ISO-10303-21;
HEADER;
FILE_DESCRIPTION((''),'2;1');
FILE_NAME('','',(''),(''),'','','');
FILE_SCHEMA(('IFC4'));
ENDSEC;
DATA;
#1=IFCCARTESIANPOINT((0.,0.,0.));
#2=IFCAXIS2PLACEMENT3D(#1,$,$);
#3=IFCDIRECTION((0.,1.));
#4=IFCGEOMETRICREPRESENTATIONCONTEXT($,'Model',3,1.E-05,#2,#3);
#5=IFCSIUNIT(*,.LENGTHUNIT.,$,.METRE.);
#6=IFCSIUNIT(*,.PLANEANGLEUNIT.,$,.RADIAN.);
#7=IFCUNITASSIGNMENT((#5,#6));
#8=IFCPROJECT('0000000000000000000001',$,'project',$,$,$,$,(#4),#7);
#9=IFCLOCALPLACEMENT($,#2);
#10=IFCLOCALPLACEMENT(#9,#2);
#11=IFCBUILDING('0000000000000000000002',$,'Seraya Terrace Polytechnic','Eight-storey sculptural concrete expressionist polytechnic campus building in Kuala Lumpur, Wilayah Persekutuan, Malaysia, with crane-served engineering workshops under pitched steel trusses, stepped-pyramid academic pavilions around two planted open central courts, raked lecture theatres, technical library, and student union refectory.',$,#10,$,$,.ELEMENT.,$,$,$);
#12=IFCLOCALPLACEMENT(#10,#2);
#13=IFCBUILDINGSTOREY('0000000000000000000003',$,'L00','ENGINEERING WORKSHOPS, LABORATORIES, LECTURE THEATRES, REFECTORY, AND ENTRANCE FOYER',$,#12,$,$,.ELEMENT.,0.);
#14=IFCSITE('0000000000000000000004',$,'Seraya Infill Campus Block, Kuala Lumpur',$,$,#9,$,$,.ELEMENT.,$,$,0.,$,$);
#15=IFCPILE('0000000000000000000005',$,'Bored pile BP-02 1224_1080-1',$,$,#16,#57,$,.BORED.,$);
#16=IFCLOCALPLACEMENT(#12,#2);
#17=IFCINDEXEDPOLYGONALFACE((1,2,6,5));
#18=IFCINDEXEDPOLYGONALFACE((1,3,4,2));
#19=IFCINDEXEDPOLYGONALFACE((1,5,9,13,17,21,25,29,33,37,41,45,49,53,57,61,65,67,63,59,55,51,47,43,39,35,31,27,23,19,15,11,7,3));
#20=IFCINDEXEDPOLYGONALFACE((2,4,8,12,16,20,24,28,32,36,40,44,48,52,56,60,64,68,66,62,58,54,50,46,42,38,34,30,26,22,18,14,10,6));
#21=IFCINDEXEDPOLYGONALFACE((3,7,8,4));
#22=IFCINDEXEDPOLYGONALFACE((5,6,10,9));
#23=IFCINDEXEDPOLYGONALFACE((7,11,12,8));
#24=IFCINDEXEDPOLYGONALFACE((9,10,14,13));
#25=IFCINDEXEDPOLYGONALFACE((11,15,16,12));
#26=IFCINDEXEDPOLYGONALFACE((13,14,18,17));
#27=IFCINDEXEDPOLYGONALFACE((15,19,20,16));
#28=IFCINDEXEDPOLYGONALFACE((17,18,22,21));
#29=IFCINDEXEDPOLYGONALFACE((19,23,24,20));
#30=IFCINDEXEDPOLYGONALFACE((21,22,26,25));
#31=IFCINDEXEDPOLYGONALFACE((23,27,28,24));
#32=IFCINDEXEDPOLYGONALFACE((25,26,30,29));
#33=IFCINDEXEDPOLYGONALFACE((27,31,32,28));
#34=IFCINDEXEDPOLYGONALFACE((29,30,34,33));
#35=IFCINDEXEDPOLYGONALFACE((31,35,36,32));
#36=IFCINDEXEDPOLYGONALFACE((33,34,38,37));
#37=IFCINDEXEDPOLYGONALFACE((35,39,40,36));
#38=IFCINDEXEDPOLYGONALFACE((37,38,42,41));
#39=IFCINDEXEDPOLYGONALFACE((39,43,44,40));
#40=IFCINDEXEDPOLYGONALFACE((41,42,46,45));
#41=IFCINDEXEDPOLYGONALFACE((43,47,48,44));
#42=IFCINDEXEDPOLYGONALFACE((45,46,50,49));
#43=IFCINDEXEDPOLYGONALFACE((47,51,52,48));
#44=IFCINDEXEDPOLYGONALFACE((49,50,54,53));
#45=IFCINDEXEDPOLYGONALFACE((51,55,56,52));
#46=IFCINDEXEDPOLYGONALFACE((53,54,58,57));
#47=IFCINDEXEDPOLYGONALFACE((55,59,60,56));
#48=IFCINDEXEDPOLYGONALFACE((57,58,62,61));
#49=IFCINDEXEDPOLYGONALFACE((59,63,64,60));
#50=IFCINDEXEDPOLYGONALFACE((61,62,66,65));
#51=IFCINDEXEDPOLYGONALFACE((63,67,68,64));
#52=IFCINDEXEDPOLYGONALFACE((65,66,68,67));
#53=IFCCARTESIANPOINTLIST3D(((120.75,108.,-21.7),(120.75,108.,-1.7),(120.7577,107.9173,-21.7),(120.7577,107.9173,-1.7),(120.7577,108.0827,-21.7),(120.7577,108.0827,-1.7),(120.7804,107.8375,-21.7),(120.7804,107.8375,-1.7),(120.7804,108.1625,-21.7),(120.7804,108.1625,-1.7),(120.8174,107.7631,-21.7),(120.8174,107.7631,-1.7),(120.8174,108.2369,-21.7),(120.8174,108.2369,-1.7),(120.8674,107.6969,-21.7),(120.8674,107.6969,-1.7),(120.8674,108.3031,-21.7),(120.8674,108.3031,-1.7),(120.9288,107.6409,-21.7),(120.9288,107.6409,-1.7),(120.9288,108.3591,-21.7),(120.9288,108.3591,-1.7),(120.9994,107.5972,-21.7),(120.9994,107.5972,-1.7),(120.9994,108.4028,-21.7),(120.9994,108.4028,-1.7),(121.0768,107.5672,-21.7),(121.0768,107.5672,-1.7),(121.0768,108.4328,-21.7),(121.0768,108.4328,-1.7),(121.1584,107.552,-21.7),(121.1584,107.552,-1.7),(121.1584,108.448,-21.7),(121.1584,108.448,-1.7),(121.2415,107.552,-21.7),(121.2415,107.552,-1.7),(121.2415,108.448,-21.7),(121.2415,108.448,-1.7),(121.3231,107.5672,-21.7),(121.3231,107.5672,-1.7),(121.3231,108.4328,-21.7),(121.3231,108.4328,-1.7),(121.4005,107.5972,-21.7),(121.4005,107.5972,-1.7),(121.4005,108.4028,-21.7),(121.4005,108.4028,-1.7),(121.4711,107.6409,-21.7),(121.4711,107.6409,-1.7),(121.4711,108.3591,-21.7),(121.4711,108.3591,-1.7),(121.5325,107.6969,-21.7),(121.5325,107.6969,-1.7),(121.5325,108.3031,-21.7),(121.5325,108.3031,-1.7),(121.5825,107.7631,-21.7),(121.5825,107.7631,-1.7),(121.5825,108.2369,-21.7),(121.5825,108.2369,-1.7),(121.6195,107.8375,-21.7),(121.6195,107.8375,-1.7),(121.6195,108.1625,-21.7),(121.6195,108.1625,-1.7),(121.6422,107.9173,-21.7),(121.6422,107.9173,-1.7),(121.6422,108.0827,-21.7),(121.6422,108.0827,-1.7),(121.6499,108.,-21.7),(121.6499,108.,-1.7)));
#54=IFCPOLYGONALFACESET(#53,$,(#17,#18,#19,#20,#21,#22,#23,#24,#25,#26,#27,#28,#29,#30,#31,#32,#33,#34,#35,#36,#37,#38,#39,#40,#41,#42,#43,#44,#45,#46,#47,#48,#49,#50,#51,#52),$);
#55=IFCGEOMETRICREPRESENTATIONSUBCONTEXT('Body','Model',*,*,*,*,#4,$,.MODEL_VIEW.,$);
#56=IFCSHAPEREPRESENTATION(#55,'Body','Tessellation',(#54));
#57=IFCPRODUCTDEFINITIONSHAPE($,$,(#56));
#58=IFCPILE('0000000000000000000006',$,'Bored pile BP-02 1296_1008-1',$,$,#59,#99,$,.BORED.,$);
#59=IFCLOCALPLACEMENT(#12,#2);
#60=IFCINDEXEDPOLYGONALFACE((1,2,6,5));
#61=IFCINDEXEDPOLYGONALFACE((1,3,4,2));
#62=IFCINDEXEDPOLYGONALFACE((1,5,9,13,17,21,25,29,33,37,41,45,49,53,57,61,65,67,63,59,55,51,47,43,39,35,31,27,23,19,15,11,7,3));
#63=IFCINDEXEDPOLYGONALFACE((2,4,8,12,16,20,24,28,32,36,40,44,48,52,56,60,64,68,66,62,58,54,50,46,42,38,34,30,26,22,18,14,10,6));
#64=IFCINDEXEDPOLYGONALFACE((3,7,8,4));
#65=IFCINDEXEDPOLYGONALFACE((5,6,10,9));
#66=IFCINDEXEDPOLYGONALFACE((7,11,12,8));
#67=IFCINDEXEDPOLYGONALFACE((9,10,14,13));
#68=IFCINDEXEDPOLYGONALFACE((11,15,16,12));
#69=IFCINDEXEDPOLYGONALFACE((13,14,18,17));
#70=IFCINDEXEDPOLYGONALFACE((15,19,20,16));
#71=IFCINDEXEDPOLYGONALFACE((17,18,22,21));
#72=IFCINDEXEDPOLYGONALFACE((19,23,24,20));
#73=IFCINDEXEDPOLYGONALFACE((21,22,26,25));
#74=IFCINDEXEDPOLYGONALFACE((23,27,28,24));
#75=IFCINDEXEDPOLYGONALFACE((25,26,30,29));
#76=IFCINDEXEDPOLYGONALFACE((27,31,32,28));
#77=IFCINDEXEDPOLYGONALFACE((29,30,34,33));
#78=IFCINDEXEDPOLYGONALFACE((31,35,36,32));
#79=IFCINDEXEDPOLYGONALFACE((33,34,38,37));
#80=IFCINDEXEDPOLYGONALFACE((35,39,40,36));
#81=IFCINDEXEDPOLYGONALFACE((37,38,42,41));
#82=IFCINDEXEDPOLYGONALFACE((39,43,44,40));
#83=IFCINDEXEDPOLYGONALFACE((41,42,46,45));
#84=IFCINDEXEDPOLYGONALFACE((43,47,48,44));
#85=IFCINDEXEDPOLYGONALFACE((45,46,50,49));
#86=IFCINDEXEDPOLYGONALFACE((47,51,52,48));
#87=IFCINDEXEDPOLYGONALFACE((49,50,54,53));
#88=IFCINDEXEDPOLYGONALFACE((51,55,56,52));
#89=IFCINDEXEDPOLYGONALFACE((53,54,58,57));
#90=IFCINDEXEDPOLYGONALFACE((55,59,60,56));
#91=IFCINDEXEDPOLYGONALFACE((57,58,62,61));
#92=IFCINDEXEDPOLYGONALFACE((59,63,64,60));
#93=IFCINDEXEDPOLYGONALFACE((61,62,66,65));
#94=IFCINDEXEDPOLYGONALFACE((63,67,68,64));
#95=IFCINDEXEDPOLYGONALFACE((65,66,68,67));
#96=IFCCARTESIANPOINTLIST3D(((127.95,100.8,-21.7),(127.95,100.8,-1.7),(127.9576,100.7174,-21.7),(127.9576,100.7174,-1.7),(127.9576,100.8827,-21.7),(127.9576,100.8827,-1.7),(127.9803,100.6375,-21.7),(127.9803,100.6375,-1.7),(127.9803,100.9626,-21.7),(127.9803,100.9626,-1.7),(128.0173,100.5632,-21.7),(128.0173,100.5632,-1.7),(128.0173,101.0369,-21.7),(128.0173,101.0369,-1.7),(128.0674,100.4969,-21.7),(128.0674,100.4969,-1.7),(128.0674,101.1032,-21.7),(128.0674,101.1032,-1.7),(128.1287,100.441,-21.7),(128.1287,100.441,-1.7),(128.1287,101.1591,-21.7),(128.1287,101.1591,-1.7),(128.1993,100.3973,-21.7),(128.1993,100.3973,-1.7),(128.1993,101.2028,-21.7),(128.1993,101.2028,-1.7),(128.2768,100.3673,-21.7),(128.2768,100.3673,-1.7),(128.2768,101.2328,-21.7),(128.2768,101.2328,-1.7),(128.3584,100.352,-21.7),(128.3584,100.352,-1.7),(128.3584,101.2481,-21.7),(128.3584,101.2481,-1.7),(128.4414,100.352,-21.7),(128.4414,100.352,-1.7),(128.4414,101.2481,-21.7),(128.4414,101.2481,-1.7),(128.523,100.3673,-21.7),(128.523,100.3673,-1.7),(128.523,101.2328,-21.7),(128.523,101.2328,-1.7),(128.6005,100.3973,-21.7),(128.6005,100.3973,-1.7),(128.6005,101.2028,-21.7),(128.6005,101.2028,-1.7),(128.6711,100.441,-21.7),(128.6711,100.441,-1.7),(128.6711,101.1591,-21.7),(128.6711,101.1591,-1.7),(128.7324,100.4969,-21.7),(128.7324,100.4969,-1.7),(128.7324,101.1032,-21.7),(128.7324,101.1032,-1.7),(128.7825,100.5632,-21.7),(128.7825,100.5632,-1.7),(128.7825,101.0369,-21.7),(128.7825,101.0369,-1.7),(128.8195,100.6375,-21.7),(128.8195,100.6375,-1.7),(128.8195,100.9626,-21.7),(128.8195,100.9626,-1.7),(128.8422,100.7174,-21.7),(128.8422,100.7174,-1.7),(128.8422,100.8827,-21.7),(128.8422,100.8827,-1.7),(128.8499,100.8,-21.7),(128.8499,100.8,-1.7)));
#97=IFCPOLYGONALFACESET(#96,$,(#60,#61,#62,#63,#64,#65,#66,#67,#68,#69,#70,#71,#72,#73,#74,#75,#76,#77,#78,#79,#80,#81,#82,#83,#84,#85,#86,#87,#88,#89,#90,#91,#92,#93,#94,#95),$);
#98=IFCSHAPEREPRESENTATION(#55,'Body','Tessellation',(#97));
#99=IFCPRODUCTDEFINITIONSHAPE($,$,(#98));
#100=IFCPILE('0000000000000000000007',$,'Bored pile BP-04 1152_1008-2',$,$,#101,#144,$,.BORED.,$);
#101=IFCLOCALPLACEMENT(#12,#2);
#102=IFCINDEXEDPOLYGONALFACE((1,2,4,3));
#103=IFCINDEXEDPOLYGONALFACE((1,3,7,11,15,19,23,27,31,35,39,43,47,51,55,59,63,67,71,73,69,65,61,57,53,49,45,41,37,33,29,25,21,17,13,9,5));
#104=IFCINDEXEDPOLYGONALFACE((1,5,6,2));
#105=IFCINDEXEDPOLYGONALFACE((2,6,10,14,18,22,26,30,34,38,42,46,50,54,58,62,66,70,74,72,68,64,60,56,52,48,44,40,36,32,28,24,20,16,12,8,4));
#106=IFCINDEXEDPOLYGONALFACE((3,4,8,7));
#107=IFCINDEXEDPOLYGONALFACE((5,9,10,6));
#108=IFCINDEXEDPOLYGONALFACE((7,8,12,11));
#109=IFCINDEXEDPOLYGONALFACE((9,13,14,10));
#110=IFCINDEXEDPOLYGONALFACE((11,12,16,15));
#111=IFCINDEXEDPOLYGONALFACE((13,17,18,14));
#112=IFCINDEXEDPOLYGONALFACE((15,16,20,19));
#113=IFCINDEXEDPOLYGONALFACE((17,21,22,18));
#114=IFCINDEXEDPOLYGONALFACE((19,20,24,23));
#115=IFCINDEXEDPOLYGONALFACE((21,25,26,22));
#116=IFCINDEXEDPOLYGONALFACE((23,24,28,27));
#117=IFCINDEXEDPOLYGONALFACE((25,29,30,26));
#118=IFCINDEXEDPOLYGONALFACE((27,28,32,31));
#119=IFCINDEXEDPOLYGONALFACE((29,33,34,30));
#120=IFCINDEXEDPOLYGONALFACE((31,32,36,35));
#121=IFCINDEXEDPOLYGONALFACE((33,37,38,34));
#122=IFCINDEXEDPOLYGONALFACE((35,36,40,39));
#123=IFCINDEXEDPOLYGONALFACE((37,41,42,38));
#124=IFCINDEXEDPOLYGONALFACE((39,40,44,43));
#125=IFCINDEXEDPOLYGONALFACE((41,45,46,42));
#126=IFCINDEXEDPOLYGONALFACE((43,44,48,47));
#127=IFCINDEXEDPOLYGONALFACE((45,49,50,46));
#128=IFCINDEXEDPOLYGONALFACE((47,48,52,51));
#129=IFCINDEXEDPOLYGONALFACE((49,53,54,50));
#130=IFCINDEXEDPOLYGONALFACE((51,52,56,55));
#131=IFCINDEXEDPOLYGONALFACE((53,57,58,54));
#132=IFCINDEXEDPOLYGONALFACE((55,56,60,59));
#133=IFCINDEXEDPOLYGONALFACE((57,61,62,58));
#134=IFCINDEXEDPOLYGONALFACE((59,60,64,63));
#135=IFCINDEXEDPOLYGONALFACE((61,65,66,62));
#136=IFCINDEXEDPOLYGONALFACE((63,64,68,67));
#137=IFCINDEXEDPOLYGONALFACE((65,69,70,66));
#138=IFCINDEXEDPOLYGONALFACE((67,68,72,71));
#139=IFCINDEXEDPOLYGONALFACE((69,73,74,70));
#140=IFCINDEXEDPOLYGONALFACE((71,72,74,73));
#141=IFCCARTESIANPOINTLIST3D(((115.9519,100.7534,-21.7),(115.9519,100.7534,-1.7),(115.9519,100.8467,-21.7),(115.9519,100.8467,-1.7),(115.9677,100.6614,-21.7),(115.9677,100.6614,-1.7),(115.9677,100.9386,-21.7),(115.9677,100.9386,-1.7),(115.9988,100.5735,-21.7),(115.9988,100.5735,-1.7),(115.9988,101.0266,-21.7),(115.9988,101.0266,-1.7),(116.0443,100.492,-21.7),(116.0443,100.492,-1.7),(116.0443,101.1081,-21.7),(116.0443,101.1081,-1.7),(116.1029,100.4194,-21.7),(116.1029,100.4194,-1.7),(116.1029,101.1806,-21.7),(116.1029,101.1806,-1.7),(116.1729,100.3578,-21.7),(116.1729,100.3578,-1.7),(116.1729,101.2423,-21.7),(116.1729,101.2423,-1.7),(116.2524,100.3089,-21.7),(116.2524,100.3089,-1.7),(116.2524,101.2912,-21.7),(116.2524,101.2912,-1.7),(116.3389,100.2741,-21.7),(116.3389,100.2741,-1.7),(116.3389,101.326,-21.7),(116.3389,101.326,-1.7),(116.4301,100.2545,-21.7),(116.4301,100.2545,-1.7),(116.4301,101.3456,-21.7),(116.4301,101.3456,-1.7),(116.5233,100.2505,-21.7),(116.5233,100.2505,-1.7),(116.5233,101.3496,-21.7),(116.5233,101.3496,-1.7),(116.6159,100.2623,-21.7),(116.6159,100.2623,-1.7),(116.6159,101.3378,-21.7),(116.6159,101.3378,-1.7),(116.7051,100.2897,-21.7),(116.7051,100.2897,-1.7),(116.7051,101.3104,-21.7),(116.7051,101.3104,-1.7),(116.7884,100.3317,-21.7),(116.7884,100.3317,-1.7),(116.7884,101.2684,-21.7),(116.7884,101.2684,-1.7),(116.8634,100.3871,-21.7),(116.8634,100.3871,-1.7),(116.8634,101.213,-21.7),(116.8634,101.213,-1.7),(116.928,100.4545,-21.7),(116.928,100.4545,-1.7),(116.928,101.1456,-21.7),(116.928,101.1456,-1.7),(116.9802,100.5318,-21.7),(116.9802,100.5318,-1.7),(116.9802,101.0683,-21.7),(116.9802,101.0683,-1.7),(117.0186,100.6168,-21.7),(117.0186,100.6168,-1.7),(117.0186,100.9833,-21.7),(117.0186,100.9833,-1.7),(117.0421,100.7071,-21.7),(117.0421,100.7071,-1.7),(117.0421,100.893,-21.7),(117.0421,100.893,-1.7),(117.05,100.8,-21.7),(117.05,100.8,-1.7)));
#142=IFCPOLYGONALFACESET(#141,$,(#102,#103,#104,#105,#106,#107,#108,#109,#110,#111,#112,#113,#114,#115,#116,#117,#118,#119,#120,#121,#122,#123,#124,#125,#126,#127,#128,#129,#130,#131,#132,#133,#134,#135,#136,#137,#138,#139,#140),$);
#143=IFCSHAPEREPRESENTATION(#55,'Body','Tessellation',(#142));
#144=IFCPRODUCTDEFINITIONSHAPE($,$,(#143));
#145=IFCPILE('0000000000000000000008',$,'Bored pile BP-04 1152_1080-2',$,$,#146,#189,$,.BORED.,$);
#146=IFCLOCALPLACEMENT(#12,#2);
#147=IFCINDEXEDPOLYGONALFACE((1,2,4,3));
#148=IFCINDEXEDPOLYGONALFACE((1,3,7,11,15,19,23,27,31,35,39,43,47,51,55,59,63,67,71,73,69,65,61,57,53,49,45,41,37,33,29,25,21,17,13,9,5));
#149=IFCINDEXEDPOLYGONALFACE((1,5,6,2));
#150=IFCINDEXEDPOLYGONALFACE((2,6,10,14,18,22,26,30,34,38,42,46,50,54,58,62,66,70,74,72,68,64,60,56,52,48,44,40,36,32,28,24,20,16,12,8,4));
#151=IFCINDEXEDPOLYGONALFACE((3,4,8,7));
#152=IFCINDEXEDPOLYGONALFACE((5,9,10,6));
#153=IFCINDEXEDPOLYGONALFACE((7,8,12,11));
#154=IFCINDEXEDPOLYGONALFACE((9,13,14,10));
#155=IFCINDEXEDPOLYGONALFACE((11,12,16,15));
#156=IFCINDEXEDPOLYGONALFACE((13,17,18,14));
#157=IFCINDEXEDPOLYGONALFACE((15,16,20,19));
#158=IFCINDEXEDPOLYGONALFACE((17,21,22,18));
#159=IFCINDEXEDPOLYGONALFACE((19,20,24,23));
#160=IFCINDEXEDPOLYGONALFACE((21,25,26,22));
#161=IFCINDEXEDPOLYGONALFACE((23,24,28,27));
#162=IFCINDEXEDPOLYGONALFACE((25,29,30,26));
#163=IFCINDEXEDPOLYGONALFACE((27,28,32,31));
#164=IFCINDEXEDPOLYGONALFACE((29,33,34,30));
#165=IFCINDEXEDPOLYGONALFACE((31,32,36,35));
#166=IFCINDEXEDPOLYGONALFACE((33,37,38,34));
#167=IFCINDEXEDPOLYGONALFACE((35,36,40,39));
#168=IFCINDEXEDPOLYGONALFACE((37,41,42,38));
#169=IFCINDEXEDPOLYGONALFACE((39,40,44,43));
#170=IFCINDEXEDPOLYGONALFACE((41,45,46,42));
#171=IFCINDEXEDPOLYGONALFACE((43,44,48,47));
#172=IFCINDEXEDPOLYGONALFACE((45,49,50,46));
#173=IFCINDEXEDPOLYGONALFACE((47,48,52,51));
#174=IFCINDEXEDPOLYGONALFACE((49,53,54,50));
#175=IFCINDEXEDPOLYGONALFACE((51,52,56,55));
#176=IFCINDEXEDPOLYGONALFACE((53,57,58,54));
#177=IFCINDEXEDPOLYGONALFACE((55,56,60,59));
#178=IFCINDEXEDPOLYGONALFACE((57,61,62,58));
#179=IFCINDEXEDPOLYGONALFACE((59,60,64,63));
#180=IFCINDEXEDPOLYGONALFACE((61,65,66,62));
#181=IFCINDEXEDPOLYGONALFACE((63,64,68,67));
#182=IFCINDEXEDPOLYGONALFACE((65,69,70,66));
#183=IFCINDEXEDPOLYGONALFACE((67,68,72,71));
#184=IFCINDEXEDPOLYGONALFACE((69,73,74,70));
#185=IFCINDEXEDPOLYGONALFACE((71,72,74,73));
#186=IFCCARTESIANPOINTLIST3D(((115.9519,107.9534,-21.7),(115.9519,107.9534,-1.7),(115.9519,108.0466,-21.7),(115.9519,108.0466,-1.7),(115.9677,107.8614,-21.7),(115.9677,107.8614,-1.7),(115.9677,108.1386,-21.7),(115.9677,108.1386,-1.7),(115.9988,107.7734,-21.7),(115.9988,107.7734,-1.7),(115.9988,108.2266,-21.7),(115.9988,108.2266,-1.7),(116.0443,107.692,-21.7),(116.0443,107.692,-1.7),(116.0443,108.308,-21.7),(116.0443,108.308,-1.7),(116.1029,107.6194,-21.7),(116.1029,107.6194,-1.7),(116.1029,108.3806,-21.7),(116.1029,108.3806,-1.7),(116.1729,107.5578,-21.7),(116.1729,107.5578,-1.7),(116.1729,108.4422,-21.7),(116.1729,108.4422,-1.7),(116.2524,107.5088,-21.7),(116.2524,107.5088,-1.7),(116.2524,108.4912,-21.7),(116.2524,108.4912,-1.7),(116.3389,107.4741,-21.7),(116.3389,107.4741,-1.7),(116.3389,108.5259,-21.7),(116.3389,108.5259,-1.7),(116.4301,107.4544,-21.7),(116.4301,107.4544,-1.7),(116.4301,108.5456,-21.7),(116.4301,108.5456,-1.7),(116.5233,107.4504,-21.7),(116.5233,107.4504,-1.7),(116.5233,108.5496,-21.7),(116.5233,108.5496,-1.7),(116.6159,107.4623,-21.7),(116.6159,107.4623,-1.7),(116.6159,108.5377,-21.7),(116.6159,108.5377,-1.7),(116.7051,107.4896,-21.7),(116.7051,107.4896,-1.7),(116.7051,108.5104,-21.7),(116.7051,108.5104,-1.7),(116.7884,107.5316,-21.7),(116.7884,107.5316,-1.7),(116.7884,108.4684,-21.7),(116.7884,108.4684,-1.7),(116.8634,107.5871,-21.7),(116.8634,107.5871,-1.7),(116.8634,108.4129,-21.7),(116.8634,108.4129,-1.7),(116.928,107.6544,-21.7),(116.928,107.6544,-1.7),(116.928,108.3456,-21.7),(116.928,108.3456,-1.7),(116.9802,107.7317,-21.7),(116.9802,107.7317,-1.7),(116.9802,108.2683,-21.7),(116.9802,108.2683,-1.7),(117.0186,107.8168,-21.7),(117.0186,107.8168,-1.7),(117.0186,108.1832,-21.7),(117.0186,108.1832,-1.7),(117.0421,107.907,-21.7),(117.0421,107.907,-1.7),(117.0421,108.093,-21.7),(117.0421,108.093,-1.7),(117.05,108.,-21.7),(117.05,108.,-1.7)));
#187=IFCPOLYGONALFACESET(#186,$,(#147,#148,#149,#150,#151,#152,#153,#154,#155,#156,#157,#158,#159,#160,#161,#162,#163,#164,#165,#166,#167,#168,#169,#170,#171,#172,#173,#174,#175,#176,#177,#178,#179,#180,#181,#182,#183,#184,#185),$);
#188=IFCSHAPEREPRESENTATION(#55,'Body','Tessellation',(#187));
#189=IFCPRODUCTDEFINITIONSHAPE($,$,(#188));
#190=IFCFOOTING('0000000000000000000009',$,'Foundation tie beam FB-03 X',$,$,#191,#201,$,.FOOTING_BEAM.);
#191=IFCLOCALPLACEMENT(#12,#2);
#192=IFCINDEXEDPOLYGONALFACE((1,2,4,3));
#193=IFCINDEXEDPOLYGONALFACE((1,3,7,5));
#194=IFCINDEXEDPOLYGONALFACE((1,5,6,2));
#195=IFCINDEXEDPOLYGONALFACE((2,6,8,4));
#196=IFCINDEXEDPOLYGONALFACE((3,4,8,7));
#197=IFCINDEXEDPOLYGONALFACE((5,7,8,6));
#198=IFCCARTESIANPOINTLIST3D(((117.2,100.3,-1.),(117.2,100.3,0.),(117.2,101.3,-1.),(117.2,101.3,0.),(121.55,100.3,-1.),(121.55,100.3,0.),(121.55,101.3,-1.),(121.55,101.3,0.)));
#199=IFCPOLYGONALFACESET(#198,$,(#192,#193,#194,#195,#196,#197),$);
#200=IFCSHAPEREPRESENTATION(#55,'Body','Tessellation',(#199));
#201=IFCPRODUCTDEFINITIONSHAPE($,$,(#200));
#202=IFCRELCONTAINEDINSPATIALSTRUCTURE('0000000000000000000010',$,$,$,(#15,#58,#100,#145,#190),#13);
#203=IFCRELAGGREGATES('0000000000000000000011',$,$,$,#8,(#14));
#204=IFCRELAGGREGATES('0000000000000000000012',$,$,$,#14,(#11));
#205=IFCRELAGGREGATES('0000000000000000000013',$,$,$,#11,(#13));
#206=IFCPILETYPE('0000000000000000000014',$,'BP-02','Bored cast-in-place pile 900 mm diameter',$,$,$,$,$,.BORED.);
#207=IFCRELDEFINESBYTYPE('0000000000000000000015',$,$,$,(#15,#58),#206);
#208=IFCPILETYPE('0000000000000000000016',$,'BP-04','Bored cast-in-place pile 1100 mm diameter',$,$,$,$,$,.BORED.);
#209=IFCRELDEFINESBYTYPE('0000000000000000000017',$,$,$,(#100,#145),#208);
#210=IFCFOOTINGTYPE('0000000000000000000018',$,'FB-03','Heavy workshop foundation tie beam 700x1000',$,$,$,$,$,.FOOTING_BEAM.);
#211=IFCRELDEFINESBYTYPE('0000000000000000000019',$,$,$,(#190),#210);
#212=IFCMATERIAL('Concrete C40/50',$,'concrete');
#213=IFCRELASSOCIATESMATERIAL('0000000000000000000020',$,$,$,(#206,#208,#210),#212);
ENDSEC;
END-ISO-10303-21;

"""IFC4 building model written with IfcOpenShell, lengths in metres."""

from ifc_helpers import new_model, si_unit, direction, frame, origin, origin_2d, place, context, subcontext, project, spatial, rectangle, circle, extrude, material, material_profile, profile_set, type_object, element, save


model = new_model("IFC4")

# Units and contexts
model_context = context("Model", 3, precision=1e-05, world=origin(), true_north=direction((0.0, 1.0)))
body_context = subcontext(model_context, "Body", "Model", "MODEL_VIEW")
ifc_project = project(units=[si_unit("LENGTHUNIT", "METRE"), si_unit("PLANEANGLEUNIT", "RADIAN")], contexts=[model_context])

# Site, building, storey
site_placement = place(None, origin())
site = spatial("IfcSite", under=ifc_project, at=site_placement, Name="Seraya Infill Campus Block, Kuala Lumpur", CompositionType="ELEMENT", RefElevation=0.0)
building_placement = place(site_placement, origin())
building = spatial("IfcBuilding", under=site, at=building_placement, Name="Seraya Terrace Polytechnic", Description="Eight-storey sculptural concrete expressionist polytechnic campus building in Kuala Lumpur, Wilayah Persekutuan, Malaysia, with crane-served engineering workshops under pitched steel trusses, stepped-pyramid academic pavilions around two planted open central courts, raked lecture theatres, technical library, and student union refectory.", CompositionType="ELEMENT")
storey_placement = place(building_placement, origin())
storey = spatial("IfcBuildingStorey", under=building, at=storey_placement, Name="L00", Description="ENGINEERING WORKSHOPS, LABORATORIES, LECTURE THEATRES, REFECTORY, AND ENTRANCE FOYER", CompositionType="ELEMENT", Elevation=0.0)

# Piles
ifc_material = material(Name="Concrete C40/50", Category="concrete")
ifc_material_profile_1 = material_profile(ifc_material, circle(Radius=0.45, at=origin_2d()), Name="DIA 900")
ifc_profile_set_1 = profile_set([ifc_material_profile_1], Name="Concrete C40/50")
pile_type_1 = type_object("IfcPileType", Name="BP-02", Description="Bored cast-in-place pile 900 mm diameter", PredefinedType="BORED", material=ifc_profile_set_1)
for number, where, z_axis, x_axis, name in (
    (1, (121.2, 108.0, -1.7), (0.0, 0.0, -1.0), (1.0, 0.0, 0.0), "Bored pile BP-02 1224_1080-1"),
    (2, (128.3999, 100.8, -1.7), (0.0, 0.0, -1.0), (1.0, 0.0, 0.0), "Bored pile BP-02 1296_1008-1"),
):
    element("IfcPile", number, at=place(storey_placement, frame(where, z_axis=z_axis, x_axis=x_axis)), inside=storey, type_object=pile_type_1, Name=name, PredefinedType="BORED", context=body_context, shape_type="SweptSolid", body=[
        extrude(circle(Radius=0.45, at=origin_2d()), origin(), (0.0, 0.0, 1.0), 20.0),
    ])
ifc_material_profile_2 = material_profile(ifc_material, circle(Radius=0.55, at=origin_2d()), Name="DIA 1100")
ifc_profile_set_2 = profile_set([ifc_material_profile_2], Name="Concrete C40/50")
pile_type_2 = type_object("IfcPileType", Name="BP-04", Description="Bored cast-in-place pile 1100 mm diameter", PredefinedType="BORED", material=ifc_profile_set_2)
for number, where, z_axis, x_axis, name in (
    (3, (116.5, 100.8, -1.7), (0.0, 0.0, -1.0), (1.0, 0.0, 0.0), "Bored pile BP-04 1152_1008-2"),
    (4, (116.5, 108.0, -1.7), (0.0, 0.0, -1.0), (1.0, 0.0, 0.0), "Bored pile BP-04 1152_1080-2"),
):
    element("IfcPile", number, at=place(storey_placement, frame(where, z_axis=z_axis, x_axis=x_axis)), inside=storey, type_object=pile_type_2, Name=name, PredefinedType="BORED", context=body_context, shape_type="SweptSolid", body=[
        extrude(circle(Radius=0.55, at=origin_2d()), origin(), (0.0, 0.0, 1.0), 20.0),
    ])

# Footing
footing_type_1 = type_object("IfcFootingType", Name="FB-03", Description="Heavy workshop foundation tie beam 700x1000", PredefinedType="FOOTING_BEAM", material=ifc_material)
footing_1_placement = place(storey_placement, frame((119.375, 100.8, -1.0), z_axis=(0.0, 0.0, 1.0), x_axis=(1.0, 0.0, 0.0)))
element("IfcFooting", 5, at=footing_1_placement, inside=storey, type_object=footing_type_1, Name="Foundation tie beam FB-03 X", PredefinedType="FOOTING_BEAM", context=body_context, shape_type="SweptSolid", body=[
    extrude(rectangle(XDim=4.3501, YDim=1.0, at=origin_2d()), origin(), (0.0, 0.0, 1.0), 1.0),
])

save(model, "model.ifc")
